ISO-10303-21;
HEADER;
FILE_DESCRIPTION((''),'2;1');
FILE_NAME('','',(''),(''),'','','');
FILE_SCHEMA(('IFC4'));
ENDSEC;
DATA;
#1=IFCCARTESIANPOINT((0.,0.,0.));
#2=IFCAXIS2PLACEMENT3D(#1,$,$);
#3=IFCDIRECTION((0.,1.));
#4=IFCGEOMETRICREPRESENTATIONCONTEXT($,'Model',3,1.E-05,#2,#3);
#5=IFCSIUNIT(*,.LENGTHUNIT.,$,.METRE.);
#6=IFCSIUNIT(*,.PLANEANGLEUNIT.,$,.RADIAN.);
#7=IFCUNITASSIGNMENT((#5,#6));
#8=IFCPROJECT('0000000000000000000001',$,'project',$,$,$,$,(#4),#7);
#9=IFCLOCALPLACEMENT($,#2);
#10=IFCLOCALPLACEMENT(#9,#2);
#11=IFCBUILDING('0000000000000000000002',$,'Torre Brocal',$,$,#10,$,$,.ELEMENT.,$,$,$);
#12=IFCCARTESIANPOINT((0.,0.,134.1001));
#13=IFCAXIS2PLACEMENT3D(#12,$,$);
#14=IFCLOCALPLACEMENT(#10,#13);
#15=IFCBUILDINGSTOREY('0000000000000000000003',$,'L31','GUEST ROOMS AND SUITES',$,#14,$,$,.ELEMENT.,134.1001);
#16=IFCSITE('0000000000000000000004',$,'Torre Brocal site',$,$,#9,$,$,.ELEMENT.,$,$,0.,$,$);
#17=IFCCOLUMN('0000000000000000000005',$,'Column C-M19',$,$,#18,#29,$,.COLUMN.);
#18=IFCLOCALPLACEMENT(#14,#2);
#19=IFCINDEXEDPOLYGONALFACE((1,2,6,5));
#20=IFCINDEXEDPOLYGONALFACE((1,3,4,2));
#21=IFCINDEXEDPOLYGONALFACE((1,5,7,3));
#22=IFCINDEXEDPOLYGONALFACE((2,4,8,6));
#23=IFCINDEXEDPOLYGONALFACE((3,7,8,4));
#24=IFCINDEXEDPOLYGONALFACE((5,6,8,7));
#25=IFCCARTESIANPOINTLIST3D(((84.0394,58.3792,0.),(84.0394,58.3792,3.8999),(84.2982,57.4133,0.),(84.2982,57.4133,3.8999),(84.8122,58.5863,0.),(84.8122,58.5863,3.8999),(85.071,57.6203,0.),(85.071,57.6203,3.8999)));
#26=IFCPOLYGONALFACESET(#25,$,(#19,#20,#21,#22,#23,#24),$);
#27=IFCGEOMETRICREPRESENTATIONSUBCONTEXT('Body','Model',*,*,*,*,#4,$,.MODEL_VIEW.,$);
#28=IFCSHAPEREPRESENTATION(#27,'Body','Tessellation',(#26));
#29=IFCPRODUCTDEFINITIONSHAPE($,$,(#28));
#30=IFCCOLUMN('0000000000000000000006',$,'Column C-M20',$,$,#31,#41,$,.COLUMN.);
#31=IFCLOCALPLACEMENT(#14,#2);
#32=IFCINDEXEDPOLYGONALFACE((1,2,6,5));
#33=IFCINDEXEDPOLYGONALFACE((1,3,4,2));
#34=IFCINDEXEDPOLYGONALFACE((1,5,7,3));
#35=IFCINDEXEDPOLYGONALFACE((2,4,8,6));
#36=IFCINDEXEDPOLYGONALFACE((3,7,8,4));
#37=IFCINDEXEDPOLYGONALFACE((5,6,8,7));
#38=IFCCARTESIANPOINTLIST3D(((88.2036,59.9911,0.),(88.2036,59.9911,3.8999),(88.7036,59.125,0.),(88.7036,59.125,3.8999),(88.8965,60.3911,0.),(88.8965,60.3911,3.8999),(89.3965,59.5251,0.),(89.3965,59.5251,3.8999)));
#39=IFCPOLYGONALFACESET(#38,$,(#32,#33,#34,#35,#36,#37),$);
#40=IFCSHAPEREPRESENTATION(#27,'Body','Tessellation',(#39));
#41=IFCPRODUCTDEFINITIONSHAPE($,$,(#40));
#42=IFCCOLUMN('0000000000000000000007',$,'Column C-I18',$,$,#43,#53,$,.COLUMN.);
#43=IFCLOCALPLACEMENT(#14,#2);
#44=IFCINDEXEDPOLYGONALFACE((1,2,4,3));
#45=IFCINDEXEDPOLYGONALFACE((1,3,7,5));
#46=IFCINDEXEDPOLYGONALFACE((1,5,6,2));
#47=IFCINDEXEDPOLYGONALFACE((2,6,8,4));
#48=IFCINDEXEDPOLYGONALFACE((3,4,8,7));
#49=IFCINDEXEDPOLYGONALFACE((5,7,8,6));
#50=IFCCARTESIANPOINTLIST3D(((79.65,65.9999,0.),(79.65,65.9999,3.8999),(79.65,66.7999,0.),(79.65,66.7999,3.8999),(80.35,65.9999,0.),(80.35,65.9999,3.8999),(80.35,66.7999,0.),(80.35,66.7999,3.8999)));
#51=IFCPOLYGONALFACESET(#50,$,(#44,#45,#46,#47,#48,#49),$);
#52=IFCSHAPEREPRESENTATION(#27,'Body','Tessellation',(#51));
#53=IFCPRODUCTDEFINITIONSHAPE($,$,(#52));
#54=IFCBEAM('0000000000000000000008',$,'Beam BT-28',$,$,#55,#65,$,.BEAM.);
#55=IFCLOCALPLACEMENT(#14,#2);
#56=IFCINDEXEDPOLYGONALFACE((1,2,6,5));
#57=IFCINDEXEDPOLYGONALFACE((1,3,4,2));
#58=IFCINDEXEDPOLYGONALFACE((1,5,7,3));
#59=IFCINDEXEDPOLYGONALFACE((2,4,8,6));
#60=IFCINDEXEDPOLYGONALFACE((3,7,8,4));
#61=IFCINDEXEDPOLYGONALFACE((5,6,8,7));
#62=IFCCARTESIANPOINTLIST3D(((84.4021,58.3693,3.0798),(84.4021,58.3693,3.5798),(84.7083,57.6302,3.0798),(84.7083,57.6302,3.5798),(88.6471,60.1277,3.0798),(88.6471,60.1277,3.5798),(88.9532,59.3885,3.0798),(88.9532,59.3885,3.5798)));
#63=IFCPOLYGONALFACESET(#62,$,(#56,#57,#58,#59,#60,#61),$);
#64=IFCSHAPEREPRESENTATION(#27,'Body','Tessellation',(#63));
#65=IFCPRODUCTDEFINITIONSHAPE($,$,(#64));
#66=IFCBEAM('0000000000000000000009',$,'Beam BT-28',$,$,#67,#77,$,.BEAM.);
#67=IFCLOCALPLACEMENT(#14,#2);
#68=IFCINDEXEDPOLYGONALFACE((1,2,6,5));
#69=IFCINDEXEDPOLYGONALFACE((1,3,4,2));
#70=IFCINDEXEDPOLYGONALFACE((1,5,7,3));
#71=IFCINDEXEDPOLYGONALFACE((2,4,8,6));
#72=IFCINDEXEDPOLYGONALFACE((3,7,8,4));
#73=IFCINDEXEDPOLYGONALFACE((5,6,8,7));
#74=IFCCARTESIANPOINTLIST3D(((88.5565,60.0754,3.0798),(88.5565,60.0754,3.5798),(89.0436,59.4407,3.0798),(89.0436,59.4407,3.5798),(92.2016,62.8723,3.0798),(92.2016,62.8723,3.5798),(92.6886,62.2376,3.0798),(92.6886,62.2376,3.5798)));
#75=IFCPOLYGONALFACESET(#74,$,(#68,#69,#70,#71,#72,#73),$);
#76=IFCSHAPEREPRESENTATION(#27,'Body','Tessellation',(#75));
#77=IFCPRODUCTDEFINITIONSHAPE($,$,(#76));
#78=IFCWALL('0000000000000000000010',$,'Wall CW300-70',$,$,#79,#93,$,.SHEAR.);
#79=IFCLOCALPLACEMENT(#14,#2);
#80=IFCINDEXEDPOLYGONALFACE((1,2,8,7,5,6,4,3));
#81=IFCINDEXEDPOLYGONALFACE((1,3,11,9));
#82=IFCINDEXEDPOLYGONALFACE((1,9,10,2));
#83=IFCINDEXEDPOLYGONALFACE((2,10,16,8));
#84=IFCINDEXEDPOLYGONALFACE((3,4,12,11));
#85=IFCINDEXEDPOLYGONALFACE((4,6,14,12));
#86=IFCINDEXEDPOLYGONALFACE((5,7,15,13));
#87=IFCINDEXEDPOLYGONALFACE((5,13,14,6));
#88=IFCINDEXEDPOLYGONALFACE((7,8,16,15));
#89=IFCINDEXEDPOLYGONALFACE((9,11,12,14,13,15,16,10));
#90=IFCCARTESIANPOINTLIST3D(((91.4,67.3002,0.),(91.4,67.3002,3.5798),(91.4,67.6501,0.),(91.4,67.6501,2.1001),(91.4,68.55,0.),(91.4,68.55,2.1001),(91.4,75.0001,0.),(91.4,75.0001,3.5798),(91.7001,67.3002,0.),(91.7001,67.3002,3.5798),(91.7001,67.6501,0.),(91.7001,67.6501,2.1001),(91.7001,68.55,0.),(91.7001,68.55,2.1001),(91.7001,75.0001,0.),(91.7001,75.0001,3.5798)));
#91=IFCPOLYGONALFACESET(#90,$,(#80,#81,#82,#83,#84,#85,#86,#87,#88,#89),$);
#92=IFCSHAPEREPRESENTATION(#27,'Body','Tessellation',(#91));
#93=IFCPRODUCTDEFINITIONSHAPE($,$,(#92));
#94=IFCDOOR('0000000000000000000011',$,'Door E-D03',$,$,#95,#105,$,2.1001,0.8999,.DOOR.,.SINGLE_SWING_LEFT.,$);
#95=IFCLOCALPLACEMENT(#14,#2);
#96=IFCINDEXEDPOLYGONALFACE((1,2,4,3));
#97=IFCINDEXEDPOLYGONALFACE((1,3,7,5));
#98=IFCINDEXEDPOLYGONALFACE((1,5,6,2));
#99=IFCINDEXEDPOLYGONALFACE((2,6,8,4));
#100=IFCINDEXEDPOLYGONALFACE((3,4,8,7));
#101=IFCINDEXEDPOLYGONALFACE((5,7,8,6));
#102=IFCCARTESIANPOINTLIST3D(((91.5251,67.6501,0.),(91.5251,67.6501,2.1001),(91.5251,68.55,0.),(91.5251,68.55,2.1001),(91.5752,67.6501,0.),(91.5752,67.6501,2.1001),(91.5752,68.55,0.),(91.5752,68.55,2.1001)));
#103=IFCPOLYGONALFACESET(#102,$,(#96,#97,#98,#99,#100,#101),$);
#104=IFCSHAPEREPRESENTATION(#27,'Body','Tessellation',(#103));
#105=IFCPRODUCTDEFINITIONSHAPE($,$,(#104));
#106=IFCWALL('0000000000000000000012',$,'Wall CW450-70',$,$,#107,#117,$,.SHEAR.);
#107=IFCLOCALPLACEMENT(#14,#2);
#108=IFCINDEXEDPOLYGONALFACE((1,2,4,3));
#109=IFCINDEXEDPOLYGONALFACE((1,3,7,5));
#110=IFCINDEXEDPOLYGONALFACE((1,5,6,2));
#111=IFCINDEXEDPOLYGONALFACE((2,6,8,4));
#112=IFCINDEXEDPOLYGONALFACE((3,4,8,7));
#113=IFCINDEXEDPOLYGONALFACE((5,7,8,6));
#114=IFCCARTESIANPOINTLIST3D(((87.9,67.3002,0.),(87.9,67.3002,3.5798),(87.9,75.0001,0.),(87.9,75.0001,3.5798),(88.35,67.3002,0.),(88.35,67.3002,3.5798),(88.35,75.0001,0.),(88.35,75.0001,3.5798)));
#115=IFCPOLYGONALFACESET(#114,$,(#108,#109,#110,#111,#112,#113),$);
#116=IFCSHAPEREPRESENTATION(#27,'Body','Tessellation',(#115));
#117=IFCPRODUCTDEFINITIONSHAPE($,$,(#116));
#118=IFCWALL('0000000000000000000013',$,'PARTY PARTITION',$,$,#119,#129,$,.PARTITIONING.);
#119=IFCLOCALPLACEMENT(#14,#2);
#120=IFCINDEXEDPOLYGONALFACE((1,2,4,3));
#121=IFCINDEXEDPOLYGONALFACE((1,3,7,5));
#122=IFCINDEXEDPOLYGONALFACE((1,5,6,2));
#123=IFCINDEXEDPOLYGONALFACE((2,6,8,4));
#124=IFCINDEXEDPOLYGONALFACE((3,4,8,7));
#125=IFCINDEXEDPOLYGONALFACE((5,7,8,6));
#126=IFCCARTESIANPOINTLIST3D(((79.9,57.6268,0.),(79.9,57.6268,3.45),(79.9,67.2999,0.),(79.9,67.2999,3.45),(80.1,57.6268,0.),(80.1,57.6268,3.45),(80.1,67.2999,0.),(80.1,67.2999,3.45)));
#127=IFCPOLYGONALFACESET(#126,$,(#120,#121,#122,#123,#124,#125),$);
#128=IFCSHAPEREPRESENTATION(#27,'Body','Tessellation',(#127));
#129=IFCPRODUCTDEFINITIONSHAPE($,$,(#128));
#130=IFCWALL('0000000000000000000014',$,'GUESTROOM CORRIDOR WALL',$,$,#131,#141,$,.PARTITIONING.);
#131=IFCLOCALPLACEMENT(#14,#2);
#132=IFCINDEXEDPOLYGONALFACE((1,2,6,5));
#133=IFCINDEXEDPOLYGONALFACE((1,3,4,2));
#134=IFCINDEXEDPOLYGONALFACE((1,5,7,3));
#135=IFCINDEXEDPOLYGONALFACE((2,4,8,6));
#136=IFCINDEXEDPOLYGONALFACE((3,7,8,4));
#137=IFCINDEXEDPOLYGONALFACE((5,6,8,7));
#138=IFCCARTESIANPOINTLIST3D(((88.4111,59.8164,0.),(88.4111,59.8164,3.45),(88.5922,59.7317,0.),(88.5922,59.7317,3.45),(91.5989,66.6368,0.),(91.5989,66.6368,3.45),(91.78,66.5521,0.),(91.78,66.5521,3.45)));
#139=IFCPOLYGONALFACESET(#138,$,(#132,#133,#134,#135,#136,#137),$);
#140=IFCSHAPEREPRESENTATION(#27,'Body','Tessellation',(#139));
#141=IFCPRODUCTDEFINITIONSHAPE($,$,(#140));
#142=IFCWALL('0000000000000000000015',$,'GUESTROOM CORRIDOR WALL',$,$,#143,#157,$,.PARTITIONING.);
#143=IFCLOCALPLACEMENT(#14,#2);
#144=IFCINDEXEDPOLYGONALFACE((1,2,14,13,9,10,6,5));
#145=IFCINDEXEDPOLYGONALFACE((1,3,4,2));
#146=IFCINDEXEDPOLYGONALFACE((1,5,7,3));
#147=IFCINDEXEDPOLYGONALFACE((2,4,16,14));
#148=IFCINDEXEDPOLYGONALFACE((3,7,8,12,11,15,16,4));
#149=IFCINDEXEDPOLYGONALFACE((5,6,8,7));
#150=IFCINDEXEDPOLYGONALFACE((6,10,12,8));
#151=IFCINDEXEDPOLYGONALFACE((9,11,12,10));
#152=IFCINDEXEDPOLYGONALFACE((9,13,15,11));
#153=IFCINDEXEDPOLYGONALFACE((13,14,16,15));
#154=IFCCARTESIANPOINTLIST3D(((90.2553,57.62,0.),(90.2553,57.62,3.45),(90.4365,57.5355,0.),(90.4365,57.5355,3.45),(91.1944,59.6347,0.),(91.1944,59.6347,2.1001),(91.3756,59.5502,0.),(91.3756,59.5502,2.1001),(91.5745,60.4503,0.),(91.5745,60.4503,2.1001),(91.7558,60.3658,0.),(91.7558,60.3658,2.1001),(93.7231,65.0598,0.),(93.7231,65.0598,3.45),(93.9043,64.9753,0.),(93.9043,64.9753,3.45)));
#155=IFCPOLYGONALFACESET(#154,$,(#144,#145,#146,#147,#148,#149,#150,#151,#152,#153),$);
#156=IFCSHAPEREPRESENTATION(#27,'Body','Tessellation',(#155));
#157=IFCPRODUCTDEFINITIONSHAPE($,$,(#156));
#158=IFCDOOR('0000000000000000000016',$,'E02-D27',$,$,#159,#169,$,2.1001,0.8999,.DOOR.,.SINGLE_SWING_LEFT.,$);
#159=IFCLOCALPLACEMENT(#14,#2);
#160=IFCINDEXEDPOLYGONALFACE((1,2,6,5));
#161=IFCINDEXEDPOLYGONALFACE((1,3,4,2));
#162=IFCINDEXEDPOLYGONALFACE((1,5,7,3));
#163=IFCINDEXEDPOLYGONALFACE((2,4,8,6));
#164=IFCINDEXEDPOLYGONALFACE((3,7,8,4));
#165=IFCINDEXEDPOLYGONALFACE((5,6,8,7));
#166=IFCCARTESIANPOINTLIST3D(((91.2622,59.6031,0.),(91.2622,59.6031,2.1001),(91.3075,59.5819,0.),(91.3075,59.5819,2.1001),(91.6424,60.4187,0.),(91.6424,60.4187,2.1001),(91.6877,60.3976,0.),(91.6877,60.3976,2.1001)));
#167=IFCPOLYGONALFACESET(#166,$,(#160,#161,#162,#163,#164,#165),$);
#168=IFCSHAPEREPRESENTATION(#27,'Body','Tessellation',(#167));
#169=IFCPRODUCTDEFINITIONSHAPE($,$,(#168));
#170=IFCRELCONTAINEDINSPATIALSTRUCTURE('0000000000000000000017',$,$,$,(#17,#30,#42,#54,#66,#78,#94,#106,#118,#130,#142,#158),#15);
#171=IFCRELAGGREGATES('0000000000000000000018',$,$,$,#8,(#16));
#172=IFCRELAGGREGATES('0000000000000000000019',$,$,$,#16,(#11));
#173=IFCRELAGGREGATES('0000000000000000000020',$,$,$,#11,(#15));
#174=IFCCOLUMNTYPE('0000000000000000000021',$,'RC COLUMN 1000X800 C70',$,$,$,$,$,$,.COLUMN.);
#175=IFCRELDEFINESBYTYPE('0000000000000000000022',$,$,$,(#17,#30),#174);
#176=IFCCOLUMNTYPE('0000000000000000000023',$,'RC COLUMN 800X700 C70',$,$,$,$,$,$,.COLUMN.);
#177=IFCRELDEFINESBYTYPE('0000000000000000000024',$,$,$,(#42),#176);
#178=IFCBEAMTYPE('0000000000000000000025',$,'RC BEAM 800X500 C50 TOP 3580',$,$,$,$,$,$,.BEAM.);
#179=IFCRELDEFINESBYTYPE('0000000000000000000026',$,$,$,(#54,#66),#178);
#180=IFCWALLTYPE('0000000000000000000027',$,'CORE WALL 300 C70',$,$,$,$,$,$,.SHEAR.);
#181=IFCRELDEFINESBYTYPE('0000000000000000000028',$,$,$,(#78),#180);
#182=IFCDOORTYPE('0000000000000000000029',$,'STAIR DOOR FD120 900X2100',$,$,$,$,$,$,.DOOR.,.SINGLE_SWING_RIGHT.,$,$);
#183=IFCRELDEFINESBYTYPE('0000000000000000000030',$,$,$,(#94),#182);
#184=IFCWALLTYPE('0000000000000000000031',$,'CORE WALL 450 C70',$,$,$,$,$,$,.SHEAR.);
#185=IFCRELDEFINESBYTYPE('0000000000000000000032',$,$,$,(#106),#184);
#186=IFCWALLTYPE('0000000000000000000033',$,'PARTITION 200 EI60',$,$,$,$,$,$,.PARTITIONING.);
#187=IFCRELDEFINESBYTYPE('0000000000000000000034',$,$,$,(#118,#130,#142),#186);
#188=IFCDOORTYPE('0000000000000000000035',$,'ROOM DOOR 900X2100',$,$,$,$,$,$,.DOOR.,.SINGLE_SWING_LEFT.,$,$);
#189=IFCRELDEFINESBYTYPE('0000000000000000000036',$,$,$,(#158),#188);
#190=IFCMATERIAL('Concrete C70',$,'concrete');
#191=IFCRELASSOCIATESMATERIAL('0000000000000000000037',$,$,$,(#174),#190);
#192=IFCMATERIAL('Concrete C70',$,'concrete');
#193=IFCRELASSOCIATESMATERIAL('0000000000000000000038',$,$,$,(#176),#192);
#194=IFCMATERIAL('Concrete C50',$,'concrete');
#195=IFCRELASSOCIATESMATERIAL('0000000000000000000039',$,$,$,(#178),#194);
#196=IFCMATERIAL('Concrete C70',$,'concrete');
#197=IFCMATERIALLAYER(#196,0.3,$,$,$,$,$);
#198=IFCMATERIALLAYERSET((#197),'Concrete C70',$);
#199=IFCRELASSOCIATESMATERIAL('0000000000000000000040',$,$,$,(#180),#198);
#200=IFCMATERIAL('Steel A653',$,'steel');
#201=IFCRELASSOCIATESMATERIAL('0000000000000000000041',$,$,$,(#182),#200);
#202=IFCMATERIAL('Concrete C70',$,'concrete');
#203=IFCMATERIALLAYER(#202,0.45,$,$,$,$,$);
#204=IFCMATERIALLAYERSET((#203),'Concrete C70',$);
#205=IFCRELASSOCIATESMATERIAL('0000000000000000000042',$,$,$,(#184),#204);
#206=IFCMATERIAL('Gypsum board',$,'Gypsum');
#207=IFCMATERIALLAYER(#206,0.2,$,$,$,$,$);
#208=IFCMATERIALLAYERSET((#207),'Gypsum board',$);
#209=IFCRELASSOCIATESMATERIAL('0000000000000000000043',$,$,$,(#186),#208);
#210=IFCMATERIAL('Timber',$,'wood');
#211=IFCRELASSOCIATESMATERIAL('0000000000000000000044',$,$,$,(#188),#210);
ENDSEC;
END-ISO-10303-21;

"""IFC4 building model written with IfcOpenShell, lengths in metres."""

from ifc_helpers import new_model, si_unit, direction, frame, frame_2d, origin, origin_2d, place, context, subcontext, project, spatial, rectangle, extrude, material, layer, layer_set, material_profile, profile_set, type_object, element, fill, save


model = new_model("IFC4")

# Units and contexts
model_context = context("Model", 3, precision=1e-05, world=origin(), true_north=direction((0.0, 1.0)))
body_context = subcontext(model_context, "Body", "Model", "MODEL_VIEW")
ifc_project = project(units=[si_unit("LENGTHUNIT", "METRE"), si_unit("PLANEANGLEUNIT", "RADIAN")], contexts=[model_context])

# Site, building, storey
site_placement = place(None, origin())
site = spatial("IfcSite", under=ifc_project, at=site_placement, Name="Torre Brocal site", CompositionType="ELEMENT", RefElevation=0.0)
building_placement = place(site_placement, origin())
building = spatial("IfcBuilding", under=site, at=building_placement, Name="Torre Brocal", CompositionType="ELEMENT")
storey_placement = place(building_placement, frame((0.0, 0.0, 134.1001)))
storey = spatial("IfcBuildingStorey", under=building, at=storey_placement, Name="L31", Description="GUEST ROOMS AND SUITES", CompositionType="ELEMENT", Elevation=134.1001)

# Columns
ifc_material_1 = material(Name="Concrete C70", Category="concrete")
ifc_material_profile_1 = material_profile(ifc_material_1, rectangle(XDim=1.0, YDim=0.8, at=origin_2d()), Name="RC 1000X800")
ifc_profile_set_1 = profile_set([ifc_material_profile_1], Name="Concrete C70")
column_type_1 = type_object("IfcColumnType", Name="RC COLUMN 1000X800 C70", PredefinedType="COLUMN", material=ifc_profile_set_1)
for number, where, z_axis, x_axis, name in (
    (1, (84.5552, 57.9998, 0.0), (0.0, 0.0, 1.0), (0.258819, -0.965926, 0.0), "Column C-M19"),
    (2, (88.8, 59.7581, 0.0), (0.0, 0.0, 1.0), (0.5, -0.866025, 0.0), "Column C-M20"),
):
    element("IfcColumn", number, at=place(storey_placement, frame(where, z_axis=z_axis, x_axis=x_axis)), inside=storey, type_object=column_type_1, Name=name, PredefinedType="COLUMN", context=body_context, shape_type="SweptSolid", body=[
        extrude(rectangle(XDim=1.0, YDim=0.8, at=origin_2d()), origin(), (0.0, 0.0, 1.0), 3.8999),
    ])
ifc_material_2 = material(Name="Concrete C70", Category="concrete")
ifc_material_profile_2 = material_profile(ifc_material_2, rectangle(XDim=0.8, YDim=0.7, at=origin_2d()), Name="RC 800X700")
ifc_profile_set_2 = profile_set([ifc_material_profile_2], Name="Concrete C70")
column_type_2 = type_object("IfcColumnType", Name="RC COLUMN 800X700 C70", PredefinedType="COLUMN", material=ifc_profile_set_2)
column_placement = place(storey_placement, frame((80.0, 66.3999, 0.0), z_axis=(0.0, 0.0, 1.0), x_axis=(0.0, -1.0, 0.0)))
element("IfcColumn", 3, at=column_placement, inside=storey, type_object=column_type_2, Name="Column C-I18", PredefinedType="COLUMN", context=body_context, shape_type="SweptSolid", body=[
    extrude(rectangle(XDim=0.8, YDim=0.7, at=origin_2d()), origin(), (0.0, 0.0, 1.0), 3.8999),
])

# Beams
ifc_material_3 = material(Name="Concrete C50", Category="concrete")
ifc_material_profile_3 = material_profile(ifc_material_3, rectangle(XDim=0.8, YDim=0.5, at=origin_2d()), Name="RC 800X500")
ifc_profile_set_3 = profile_set([ifc_material_profile_3], Name="Concrete C50")
beam_type = type_object("IfcBeamType", Name="RC BEAM 800X500 C50 TOP 3580", PredefinedType="BEAM", material=ifc_profile_set_3)
beam_1_placement = place(storey_placement, frame((84.5552, 57.9998, 3.3298), z_axis=(0.923878, 0.382687, 0.0), x_axis=(-0.382687, 0.923878, 0.0)))
element("IfcBeam", 4, at=beam_1_placement, inside=storey, type_object=beam_type, Name="Beam BT-28", PredefinedType="BEAM", context=body_context, shape_type="SweptSolid", body=[
    extrude(rectangle(XDim=0.8, YDim=0.5, at=origin_2d()), origin(), (0.0, 0.0, 1.0), 4.5947),
])
beam_2_placement = place(storey_placement, frame((88.8, 59.7581, 3.3298), z_axis=(0.793358, 0.608755, 0.0), x_axis=(-0.608755, 0.793358, 0.0)))
element("IfcBeam", 5, at=beam_2_placement, inside=storey, type_object=beam_type, Name="Beam BT-28", PredefinedType="BEAM", context=body_context, shape_type="SweptSolid", body=[
    extrude(rectangle(XDim=0.8, YDim=0.5, at=origin_2d()), origin(), (0.0, 0.0, 1.0), 4.5945),
])

# Wall, opening, door
ifc_material_4 = material(Name="Concrete C70", Category="concrete")
ifc_layer_1 = layer(ifc_material_4, 0.3)
ifc_layer_set_1 = layer_set([ifc_layer_1], Name="Concrete C70")
wall_type_1 = type_object("IfcWallType", Name="CORE WALL 300 C70", PredefinedType="SHEAR", material=ifc_layer_set_1)
wall_1_placement = place(storey_placement, frame((91.55, 67.3, 0.0), z_axis=(0.0, 0.0, 1.0), x_axis=(0.0, 1.0, 0.0)))
wall_1 = element("IfcWall", 6, at=wall_1_placement, inside=storey, type_object=wall_type_1, Name="Wall CW300-70", PredefinedType="SHEAR", context=body_context, shape_type="SweptSolid", body=[
    extrude(rectangle(XDim=7.7, YDim=0.3, at=frame_2d((3.8501, 0.0))), origin(), (0.0, 0.0, 1.0), 3.5798),
])
opening_1_placement = place(wall_1_placement, frame((0.3501, 0.0, 0.0)))
opening_1 = element("IfcOpeningElement", 7, at=opening_1_placement, cuts=wall_1, PredefinedType="OPENING", context=body_context, shape_type="SweptSolid", body=[
    extrude(rectangle(XDim=0.8999, YDim=2.1001, at=frame_2d((0.45, 1.05))), frame((0.0, 0.1599, 0.0), z_axis=(0.0, -1.0, 0.0), x_axis=(1.0, 0.0, 0.0)), (0.0, 0.0, 1.0), 0.3201),
])
ifc_material_5 = material(Name="Steel A653", Category="steel")
door_type_1 = type_object("IfcDoorType", Name="STAIR DOOR FD120 900X2100", OperationType="SINGLE_SWING_RIGHT", PredefinedType="DOOR", material=ifc_material_5)
door_1_placement = place(opening_1_placement, origin())
door_1 = element("IfcDoor", 8, at=door_1_placement, inside=storey, type_object=door_type_1, Name="Door E-D03", OperationType="SINGLE_SWING_LEFT", OverallHeight=2.1001, OverallWidth=0.8999, PredefinedType="DOOR", context=body_context, shape_type="SweptSolid", body=[
    extrude(rectangle(XDim=0.8999, YDim=2.1001, at=frame_2d((0.45, 1.05))), frame((0.0, 0.0249, 0.0), z_axis=(0.0, -1.0, 0.0), x_axis=(1.0, 0.0, 0.0)), (0.0, 0.0, 1.0), 0.05),
])
fill(opening_1, door_1)

# Wall
ifc_material_6 = material(Name="Concrete C70", Category="concrete")
ifc_layer_2 = layer(ifc_material_6, 0.45)
ifc_layer_set_2 = layer_set([ifc_layer_2], Name="Concrete C70")
wall_type_2 = type_object("IfcWallType", Name="CORE WALL 450 C70", PredefinedType="SHEAR", material=ifc_layer_set_2)
wall_2_placement = place(storey_placement, frame((88.125, 67.3, 0.0), z_axis=(0.0, 0.0, 1.0), x_axis=(0.0, 1.0, 0.0)))
element("IfcWall", 9, at=wall_2_placement, inside=storey, type_object=wall_type_2, Name="Wall CW450-70", PredefinedType="SHEAR", context=body_context, shape_type="SweptSolid", body=[
    extrude(rectangle(XDim=7.7, YDim=0.45, at=frame_2d((3.8501, 0.0))), origin(), (0.0, 0.0, 1.0), 3.5798),
])

# Walls
ifc_material_7 = material(Name="Gypsum board", Category="Gypsum")
ifc_layer_3 = layer(ifc_material_7, 0.2)
ifc_layer_set_3 = layer_set([ifc_layer_3], Name="Gypsum board")
wall_type_3 = type_object("IfcWallType", Name="PARTITION 200 EI60", PredefinedType="PARTITIONING", material=ifc_layer_set_3)
wall_3_placement = place(storey_placement, frame((80.0, 57.627, 0.0), z_axis=(0.0, 0.0, 1.0), x_axis=(0.0, 1.0, 0.0)))
element("IfcWall", 10, at=wall_3_placement, inside=storey, type_object=wall_type_3, Name="PARTY PARTITION", PredefinedType="PARTITIONING", context=body_context, shape_type="SweptSolid", body=[
    extrude(rectangle(XDim=9.6731, YDim=0.2, at=frame_2d((4.8364, 0.0))), origin(), (0.0, 0.0, 1.0), 3.45),
])
wall_4_placement = place(storey_placement, frame((88.5017, 59.7742, 0.0), z_axis=(0.0, 0.0, 1.0), x_axis=(0.423423, 0.905932, 0.0)))
element("IfcWall", 11, at=wall_4_placement, inside=storey, type_object=wall_type_3, Name="GUESTROOM CORRIDOR WALL", PredefinedType="PARTITIONING", context=body_context, shape_type="SweptSolid", body=[
    extrude(rectangle(XDim=7.5286, YDim=0.2, at=frame_2d((3.7642, 0.0))), origin(), (0.0, 0.0, 1.0), 3.45),
])

# Wall, opening, door
wall_5_placement = place(storey_placement, frame((90.3459, 57.5779, 0.0), z_axis=(0.0, 0.0, 1.0), x_axis=(0.422477, 0.906374, 0.0)))
wall_5 = element("IfcWall", 12, at=wall_5_placement, inside=storey, type_object=wall_type_3, Name="GUESTROOM CORRIDOR WALL", PredefinedType="PARTITIONING", context=body_context, shape_type="SweptSolid", body=[
    extrude(rectangle(XDim=8.2083, YDim=0.2, at=frame_2d((4.104, 0.0))), origin(), (0.0, 0.0, 1.0), 3.45),
])
opening_2_placement = place(wall_5_placement, frame((2.2227, 0.0, 0.0)))
opening_2 = element("IfcOpeningElement", 13, at=opening_2_placement, cuts=wall_5, PredefinedType="OPENING", context=body_context, shape_type="SweptSolid", body=[
    extrude(rectangle(XDim=0.8999, YDim=2.1001, at=frame_2d((0.45, 1.05))), frame((0.0, 0.1099, 0.0), z_axis=(0.0, -1.0, 0.0), x_axis=(1.0, 0.0, 0.0)), (0.0, 0.0, 1.0), 0.22),
])
ifc_material_8 = material(Name="Timber", Category="wood")
door_type_2 = type_object("IfcDoorType", Name="ROOM DOOR 900X2100", OperationType="SINGLE_SWING_LEFT", PredefinedType="DOOR", material=ifc_material_8)
door_2_placement = place(opening_2_placement, frame((0.8999, 0.0, 0.0), z_axis=(0.0, 0.0, 1.0), x_axis=(-1.0, 0.0, 0.0)))
door_2 = element("IfcDoor", 14, at=door_2_placement, inside=storey, type_object=door_type_2, Name="E02-D27", OperationType="SINGLE_SWING_LEFT", OverallHeight=2.1001, OverallWidth=0.8999, PredefinedType="DOOR", context=body_context, shape_type="SweptSolid", body=[
    extrude(rectangle(XDim=0.8999, YDim=2.1001, at=frame_2d((0.45, 1.05))), frame((0.0, 0.0249, 0.0), z_axis=(0.0, -1.0, 0.0), x_axis=(1.0, 0.0, 0.0)), (0.0, 0.0, 1.0), 0.05),
])
fill(opening_2, door_2)

save(model, "model.ifc")
